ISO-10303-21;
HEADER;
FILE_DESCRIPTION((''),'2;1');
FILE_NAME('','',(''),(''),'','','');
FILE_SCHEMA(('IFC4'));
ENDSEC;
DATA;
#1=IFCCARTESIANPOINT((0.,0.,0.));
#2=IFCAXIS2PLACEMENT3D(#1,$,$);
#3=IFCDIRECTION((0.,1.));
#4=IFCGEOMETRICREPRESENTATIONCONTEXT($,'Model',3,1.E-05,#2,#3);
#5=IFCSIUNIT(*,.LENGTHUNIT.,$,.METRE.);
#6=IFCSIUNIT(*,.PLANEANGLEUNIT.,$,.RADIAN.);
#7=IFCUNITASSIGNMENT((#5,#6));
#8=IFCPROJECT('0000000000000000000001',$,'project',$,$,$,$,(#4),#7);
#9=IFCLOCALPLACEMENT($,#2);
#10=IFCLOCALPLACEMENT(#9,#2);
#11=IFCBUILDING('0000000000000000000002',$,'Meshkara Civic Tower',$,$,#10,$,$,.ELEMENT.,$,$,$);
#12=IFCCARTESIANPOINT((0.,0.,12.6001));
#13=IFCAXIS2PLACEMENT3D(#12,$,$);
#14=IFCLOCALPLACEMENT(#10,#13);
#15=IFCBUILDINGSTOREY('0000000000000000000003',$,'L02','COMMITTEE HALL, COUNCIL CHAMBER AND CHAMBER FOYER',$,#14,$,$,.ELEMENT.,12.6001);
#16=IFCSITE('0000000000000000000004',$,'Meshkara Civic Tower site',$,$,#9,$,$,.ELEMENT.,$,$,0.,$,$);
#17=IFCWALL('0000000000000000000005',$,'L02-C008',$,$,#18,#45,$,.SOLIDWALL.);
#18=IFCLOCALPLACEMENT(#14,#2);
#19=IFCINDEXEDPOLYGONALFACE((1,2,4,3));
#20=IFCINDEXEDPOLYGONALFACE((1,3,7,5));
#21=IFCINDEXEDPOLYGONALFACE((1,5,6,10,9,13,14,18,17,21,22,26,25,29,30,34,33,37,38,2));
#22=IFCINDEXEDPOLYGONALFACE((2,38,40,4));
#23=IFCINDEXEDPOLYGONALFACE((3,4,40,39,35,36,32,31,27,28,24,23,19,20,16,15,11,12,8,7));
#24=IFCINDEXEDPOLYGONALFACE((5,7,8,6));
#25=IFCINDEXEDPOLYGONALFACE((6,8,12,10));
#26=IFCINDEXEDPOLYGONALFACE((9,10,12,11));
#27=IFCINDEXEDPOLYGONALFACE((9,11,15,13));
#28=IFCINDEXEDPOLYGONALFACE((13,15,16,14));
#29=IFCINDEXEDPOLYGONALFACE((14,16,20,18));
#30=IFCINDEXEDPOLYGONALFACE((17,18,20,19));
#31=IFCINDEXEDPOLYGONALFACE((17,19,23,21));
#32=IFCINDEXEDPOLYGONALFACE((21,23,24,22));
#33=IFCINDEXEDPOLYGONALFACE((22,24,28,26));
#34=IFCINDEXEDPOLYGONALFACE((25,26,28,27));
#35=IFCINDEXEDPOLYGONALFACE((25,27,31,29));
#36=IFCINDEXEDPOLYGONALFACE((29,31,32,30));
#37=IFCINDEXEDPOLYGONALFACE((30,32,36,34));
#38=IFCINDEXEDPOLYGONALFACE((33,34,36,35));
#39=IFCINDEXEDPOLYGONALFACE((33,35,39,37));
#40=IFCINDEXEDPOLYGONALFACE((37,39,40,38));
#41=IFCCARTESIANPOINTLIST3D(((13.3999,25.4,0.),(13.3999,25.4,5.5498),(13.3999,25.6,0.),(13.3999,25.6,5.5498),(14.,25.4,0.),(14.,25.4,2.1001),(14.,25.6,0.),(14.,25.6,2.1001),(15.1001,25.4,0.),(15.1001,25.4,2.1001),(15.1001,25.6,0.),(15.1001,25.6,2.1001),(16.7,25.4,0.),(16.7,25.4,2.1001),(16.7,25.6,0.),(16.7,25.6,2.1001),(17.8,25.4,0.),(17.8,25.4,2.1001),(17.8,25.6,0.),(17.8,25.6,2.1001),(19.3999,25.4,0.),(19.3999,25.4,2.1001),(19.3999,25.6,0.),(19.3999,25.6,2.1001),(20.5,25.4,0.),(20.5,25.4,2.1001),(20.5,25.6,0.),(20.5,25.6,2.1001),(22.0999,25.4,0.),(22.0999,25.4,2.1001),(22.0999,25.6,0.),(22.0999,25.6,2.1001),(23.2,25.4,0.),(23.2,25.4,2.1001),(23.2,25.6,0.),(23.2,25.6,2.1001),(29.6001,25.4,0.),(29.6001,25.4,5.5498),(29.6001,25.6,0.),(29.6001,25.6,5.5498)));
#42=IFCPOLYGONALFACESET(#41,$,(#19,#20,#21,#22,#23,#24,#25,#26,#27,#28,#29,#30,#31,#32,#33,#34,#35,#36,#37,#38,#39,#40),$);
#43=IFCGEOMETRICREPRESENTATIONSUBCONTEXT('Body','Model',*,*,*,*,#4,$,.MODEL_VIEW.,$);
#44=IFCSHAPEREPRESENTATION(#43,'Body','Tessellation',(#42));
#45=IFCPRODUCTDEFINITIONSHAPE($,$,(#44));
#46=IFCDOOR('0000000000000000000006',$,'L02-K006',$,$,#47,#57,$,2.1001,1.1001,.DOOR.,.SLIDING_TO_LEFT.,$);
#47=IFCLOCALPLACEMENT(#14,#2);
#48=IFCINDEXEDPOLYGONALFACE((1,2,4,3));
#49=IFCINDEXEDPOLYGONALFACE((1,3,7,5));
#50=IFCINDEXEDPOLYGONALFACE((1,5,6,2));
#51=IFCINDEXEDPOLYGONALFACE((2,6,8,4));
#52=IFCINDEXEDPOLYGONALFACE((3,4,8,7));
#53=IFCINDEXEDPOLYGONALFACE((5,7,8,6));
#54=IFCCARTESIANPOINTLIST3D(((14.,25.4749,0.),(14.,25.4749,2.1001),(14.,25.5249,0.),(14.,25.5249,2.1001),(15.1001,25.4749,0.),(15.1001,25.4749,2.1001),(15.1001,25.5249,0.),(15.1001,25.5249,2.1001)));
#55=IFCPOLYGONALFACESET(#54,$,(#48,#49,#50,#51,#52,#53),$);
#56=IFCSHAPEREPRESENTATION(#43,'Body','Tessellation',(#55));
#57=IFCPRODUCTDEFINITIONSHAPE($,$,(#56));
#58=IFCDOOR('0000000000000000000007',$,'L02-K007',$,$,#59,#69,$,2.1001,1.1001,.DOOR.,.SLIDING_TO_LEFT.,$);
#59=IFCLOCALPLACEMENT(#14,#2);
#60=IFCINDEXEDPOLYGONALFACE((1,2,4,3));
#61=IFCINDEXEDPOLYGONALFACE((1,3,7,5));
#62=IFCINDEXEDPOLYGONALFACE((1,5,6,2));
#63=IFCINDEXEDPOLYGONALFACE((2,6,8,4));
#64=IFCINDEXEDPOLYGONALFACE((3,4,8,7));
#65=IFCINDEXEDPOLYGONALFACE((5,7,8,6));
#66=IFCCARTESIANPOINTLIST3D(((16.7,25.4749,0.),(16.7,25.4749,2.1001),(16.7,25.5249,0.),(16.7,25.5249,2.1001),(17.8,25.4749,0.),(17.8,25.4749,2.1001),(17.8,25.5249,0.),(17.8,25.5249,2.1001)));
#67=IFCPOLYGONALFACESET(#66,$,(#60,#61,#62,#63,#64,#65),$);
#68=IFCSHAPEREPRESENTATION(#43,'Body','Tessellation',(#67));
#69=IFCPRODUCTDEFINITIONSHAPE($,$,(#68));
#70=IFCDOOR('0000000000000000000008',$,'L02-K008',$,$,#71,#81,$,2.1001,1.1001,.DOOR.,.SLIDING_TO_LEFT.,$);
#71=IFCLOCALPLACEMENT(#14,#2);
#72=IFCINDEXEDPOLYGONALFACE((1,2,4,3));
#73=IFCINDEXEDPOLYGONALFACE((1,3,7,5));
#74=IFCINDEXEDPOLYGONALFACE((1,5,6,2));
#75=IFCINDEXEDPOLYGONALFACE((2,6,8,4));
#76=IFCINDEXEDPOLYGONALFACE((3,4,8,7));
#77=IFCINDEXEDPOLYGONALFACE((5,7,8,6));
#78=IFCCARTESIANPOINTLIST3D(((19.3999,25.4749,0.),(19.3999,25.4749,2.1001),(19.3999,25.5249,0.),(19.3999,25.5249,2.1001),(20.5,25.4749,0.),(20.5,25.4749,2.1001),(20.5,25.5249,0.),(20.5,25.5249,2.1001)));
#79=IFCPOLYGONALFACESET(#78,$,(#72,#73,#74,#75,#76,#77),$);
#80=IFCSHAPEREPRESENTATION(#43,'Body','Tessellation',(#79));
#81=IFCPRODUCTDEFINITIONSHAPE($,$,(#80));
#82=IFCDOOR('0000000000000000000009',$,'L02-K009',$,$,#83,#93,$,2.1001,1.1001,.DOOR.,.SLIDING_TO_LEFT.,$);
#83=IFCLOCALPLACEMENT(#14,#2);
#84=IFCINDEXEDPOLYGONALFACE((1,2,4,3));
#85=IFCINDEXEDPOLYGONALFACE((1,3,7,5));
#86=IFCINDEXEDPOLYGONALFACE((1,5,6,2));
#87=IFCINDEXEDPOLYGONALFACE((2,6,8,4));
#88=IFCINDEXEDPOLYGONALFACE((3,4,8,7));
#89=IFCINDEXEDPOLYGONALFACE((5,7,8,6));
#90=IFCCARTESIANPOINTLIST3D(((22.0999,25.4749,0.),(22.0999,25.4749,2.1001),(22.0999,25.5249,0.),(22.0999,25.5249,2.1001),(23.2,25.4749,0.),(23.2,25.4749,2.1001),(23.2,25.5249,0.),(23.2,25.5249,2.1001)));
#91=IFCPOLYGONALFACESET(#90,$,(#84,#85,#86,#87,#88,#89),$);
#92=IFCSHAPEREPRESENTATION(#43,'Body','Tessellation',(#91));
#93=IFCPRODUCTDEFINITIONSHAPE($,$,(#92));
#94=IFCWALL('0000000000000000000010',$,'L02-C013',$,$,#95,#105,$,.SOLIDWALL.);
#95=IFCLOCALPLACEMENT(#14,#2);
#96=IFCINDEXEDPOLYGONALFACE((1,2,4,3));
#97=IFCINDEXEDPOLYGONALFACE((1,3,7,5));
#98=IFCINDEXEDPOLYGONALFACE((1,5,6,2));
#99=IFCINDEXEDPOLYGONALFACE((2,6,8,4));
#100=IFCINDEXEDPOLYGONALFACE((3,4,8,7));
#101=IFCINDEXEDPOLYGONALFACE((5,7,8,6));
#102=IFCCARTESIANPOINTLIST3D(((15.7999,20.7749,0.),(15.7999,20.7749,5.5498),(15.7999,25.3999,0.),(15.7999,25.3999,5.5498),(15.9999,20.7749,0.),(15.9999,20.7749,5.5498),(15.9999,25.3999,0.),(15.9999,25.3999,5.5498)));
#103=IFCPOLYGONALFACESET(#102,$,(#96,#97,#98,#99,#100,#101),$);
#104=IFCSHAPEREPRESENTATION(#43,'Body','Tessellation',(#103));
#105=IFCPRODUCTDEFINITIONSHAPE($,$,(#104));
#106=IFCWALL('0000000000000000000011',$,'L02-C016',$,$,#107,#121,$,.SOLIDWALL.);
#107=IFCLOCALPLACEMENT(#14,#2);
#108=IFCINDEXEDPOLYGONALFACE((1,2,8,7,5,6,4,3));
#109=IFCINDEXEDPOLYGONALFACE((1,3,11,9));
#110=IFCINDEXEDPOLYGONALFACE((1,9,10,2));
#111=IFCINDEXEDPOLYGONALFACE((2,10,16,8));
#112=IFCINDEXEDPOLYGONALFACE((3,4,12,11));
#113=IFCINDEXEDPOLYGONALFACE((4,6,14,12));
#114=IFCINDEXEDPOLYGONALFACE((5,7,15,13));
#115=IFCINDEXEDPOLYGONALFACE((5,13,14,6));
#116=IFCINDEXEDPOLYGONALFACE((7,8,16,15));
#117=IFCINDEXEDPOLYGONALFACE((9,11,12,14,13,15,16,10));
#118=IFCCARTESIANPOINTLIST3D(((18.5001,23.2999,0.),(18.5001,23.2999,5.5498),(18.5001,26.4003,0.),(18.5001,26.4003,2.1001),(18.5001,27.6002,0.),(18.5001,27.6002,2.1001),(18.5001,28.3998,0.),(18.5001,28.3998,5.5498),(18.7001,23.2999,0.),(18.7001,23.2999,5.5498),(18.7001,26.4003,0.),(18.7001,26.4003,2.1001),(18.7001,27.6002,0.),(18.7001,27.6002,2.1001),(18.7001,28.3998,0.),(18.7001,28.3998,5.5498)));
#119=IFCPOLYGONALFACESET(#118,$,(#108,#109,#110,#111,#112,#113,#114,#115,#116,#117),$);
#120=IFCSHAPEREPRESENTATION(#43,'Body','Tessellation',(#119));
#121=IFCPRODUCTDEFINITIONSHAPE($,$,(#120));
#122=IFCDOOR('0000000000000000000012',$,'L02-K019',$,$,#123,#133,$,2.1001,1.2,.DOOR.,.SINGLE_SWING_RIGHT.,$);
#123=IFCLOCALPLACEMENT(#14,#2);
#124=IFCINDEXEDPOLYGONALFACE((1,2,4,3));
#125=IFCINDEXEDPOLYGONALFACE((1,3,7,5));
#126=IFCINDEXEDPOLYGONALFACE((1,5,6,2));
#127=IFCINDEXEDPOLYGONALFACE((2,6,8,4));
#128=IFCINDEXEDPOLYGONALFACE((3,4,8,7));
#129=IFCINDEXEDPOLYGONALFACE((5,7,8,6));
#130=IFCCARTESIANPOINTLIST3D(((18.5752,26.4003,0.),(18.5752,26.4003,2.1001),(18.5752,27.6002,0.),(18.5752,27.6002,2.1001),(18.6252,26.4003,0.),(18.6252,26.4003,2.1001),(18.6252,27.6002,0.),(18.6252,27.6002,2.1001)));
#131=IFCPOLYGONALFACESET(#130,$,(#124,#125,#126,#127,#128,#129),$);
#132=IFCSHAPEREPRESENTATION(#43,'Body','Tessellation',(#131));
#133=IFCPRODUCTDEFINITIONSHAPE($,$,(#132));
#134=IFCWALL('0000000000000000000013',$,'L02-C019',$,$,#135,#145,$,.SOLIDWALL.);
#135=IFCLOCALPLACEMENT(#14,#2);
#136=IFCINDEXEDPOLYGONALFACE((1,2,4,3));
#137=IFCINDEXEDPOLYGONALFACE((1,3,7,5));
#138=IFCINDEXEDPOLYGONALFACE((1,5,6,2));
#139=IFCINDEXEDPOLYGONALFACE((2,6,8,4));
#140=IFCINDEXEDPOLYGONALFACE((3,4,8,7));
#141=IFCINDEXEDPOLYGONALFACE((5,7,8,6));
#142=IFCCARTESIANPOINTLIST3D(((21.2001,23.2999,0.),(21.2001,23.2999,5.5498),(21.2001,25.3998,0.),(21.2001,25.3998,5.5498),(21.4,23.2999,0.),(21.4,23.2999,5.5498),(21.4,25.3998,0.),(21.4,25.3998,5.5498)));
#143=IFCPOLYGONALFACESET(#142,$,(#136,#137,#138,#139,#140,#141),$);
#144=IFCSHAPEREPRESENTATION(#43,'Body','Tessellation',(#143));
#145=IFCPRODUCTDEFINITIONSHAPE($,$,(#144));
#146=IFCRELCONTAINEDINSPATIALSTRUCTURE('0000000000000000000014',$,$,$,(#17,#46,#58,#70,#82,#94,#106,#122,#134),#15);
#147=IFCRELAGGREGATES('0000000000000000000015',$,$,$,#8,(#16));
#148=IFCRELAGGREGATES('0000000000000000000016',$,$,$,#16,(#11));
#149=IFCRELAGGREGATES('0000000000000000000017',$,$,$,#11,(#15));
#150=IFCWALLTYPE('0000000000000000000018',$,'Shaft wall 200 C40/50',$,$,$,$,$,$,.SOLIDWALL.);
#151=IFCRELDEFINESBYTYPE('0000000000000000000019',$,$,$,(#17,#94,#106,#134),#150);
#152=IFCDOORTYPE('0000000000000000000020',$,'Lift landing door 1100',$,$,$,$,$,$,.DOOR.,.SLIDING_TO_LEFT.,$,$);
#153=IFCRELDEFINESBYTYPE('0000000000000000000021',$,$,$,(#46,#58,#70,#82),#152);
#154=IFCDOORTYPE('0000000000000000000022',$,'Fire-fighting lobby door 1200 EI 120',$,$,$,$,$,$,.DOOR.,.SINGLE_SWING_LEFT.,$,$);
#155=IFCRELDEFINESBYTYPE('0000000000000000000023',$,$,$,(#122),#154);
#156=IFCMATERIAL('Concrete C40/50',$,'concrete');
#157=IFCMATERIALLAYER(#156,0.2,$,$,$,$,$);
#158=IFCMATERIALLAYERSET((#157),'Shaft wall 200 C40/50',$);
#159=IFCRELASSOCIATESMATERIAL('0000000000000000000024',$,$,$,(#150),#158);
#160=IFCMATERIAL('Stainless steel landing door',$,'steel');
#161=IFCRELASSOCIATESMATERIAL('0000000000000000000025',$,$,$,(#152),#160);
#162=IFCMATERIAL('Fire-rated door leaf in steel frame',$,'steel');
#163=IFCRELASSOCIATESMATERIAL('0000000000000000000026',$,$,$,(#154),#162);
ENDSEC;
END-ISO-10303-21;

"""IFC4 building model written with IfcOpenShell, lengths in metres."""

from ifc_helpers import new_model, si_unit, direction, frame, frame_2d, origin, place, context, subcontext, project, spatial, rectangle, extrude, material, layer, layer_set, type_object, element, fill, save


model = new_model("IFC4")

# Units and contexts
model_context = context("Model", 3, precision=1e-05, world=origin(), true_north=direction((0.0, 1.0)))
body_context = subcontext(model_context, "Body", "Model", "MODEL_VIEW")
ifc_project = project(units=[si_unit("LENGTHUNIT", "METRE"), si_unit("PLANEANGLEUNIT", "RADIAN")], contexts=[model_context])

# Site, building, storey
site_placement = place(None, origin())
site = spatial("IfcSite", under=ifc_project, at=site_placement, Name="Meshkara Civic Tower site", CompositionType="ELEMENT", RefElevation=0.0)
building_placement = place(site_placement, origin())
building = spatial("IfcBuilding", under=site, at=building_placement, Name="Meshkara Civic Tower", CompositionType="ELEMENT")
storey_placement = place(building_placement, frame((0.0, 0.0, 12.6001)))
storey = spatial("IfcBuildingStorey", under=building, at=storey_placement, Name="L02", Description="COMMITTEE HALL, COUNCIL CHAMBER AND CHAMBER FOYER", CompositionType="ELEMENT", Elevation=12.6001)

# Wall, openings, doors
ifc_material_1 = material(Name="Concrete C40/50", Category="concrete")
ifc_layer_1 = layer(ifc_material_1, 0.2)
ifc_layer_set_1 = layer_set([ifc_layer_1], Name="Shaft wall 200 C40/50")
wall_type_1 = type_object("IfcWallType", Name="Shaft wall 200 C40/50", PredefinedType="SOLIDWALL", material=ifc_layer_set_1)
wall_1_placement = place(storey_placement, frame((13.3999, 25.5, 0.0), z_axis=(0.0, 0.0, 1.0), x_axis=(1.0, 0.0, 0.0)))
wall_1 = element("IfcWall", 1, at=wall_1_placement, inside=storey, type_object=wall_type_1, Name="L02-C008", PredefinedType="SOLIDWALL", context=body_context, shape_type="SweptSolid", body=[
    extrude(rectangle(XDim=16.2002, YDim=0.2, at=frame_2d((8.1001, 0.0))), origin(), (0.0, 0.0, 1.0), 5.5498),
])
opening_1_placement = place(wall_1_placement, frame((0.6001, 0.0, 0.0)))
opening_1 = element("IfcOpeningElement", 2, at=opening_1_placement, cuts=wall_1, PredefinedType="OPENING", context=body_context, shape_type="SweptSolid", body=[
    extrude(rectangle(XDim=1.1001, YDim=2.1001, at=frame_2d((0.55, 1.05))), frame((0.0, 0.1099, 0.0), z_axis=(0.0, -1.0, 0.0), x_axis=(1.0, 0.0, 0.0)), (0.0, 0.0, 1.0), 0.22),
])
opening_2_placement = place(wall_1_placement, frame((3.3, 0.0, 0.0)))
opening_2 = element("IfcOpeningElement", 3, at=opening_2_placement, cuts=wall_1, PredefinedType="OPENING", context=body_context, shape_type="SweptSolid", body=[
    extrude(rectangle(XDim=1.1001, YDim=2.1001, at=frame_2d((0.55, 1.05))), frame((0.0, 0.1099, 0.0), z_axis=(0.0, -1.0, 0.0), x_axis=(1.0, 0.0, 0.0)), (0.0, 0.0, 1.0), 0.22),
])
opening_3_placement = place(wall_1_placement, frame((6.0, 0.0, 0.0)))
opening_3 = element("IfcOpeningElement", 4, at=opening_3_placement, cuts=wall_1, PredefinedType="OPENING", context=body_context, shape_type="SweptSolid", body=[
    extrude(rectangle(XDim=1.1001, YDim=2.1001, at=frame_2d((0.55, 1.05))), frame((0.0, 0.1099, 0.0), z_axis=(0.0, -1.0, 0.0), x_axis=(1.0, 0.0, 0.0)), (0.0, 0.0, 1.0), 0.22),
])
opening_4_placement = place(wall_1_placement, frame((8.7, 0.0, 0.0)))
opening_4 = element("IfcOpeningElement", 5, at=opening_4_placement, cuts=wall_1, PredefinedType="OPENING", context=body_context, shape_type="SweptSolid", body=[
    extrude(rectangle(XDim=1.1001, YDim=2.1001, at=frame_2d((0.55, 1.05))), frame((0.0, 0.1099, 0.0), z_axis=(0.0, -1.0, 0.0), x_axis=(1.0, 0.0, 0.0)), (0.0, 0.0, 1.0), 0.22),
])
ifc_material_2 = material(Name="Stainless steel landing door", Category="steel")
door_type_1 = type_object("IfcDoorType", Name="Lift landing door 1100", OperationType="SLIDING_TO_LEFT", PredefinedType="DOOR", material=ifc_material_2)
door_1_placement = place(opening_1_placement, origin())
door_1 = element("IfcDoor", 6, at=door_1_placement, inside=storey, type_object=door_type_1, Name="L02-K006", OperationType="SLIDING_TO_LEFT", OverallHeight=2.1001, OverallWidth=1.1001, PredefinedType="DOOR", context=body_context, shape_type="SweptSolid", body=[
    extrude(rectangle(XDim=1.1001, YDim=2.1001, at=frame_2d((0.55, 1.05))), frame((0.0, 0.0249, 0.0), z_axis=(0.0, -1.0, 0.0), x_axis=(1.0, 0.0, 0.0)), (0.0, 0.0, 1.0), 0.05),
])
fill(opening_1, door_1)
door_2_placement = place(opening_2_placement, origin())
door_2 = element("IfcDoor", 7, at=door_2_placement, inside=storey, type_object=door_type_1, Name="L02-K007", OperationType="SLIDING_TO_LEFT", OverallHeight=2.1001, OverallWidth=1.1001, PredefinedType="DOOR", context=body_context, shape_type="SweptSolid", body=[
    extrude(rectangle(XDim=1.1001, YDim=2.1001, at=frame_2d((0.55, 1.05))), frame((0.0, 0.0249, 0.0), z_axis=(0.0, -1.0, 0.0), x_axis=(1.0, 0.0, 0.0)), (0.0, 0.0, 1.0), 0.05),
])
fill(opening_2, door_2)
door_3_placement = place(opening_3_placement, origin())
door_3 = element("IfcDoor", 8, at=door_3_placement, inside=storey, type_object=door_type_1, Name="L02-K008", OperationType="SLIDING_TO_LEFT", OverallHeight=2.1001, OverallWidth=1.1001, PredefinedType="DOOR", context=body_context, shape_type="SweptSolid", body=[
    extrude(rectangle(XDim=1.1001, YDim=2.1001, at=frame_2d((0.55, 1.05))), frame((0.0, 0.0249, 0.0), z_axis=(0.0, -1.0, 0.0), x_axis=(1.0, 0.0, 0.0)), (0.0, 0.0, 1.0), 0.05),
])
fill(opening_3, door_3)
door_4_placement = place(opening_4_placement, origin())
door_4 = element("IfcDoor", 9, at=door_4_placement, inside=storey, type_object=door_type_1, Name="L02-K009", OperationType="SLIDING_TO_LEFT", OverallHeight=2.1001, OverallWidth=1.1001, PredefinedType="DOOR", context=body_context, shape_type="SweptSolid", body=[
    extrude(rectangle(XDim=1.1001, YDim=2.1001, at=frame_2d((0.55, 1.05))), frame((0.0, 0.0249, 0.0), z_axis=(0.0, -1.0, 0.0), x_axis=(1.0, 0.0, 0.0)), (0.0, 0.0, 1.0), 0.05),
])
fill(opening_4, door_4)

# Wall
wall_2_placement = place(storey_placement, frame((15.8999, 20.7749, 0.0), z_axis=(0.0, 0.0, 1.0), x_axis=(0.0, 1.0, 0.0)))
element("IfcWall", 10, at=wall_2_placement, inside=storey, type_object=wall_type_1, Name="L02-C013", PredefinedType="SOLIDWALL", context=body_context, shape_type="SweptSolid", body=[
    extrude(rectangle(XDim=4.625, YDim=0.2, at=frame_2d((2.3125, 0.0))), origin(), (0.0, 0.0, 1.0), 5.5498),
])

# Wall, opening, door
wall_3_placement = place(storey_placement, frame((18.6001, 23.3, 0.0), z_axis=(0.0, 0.0, 1.0), x_axis=(0.0, 1.0, 0.0)))
wall_3 = element("IfcWall", 11, at=wall_3_placement, inside=storey, type_object=wall_type_1, Name="L02-C016", PredefinedType="SOLIDWALL", context=body_context, shape_type="SweptSolid", body=[
    extrude(rectangle(XDim=5.0999, YDim=0.2, at=frame_2d((2.5498, 0.0))), origin(), (0.0, 0.0, 1.0), 5.5498),
])
opening_5_placement = place(wall_3_placement, frame((3.1001, 0.0, 0.0)))
opening_5 = element("IfcOpeningElement", 12, at=opening_5_placement, cuts=wall_3, PredefinedType="OPENING", context=body_context, shape_type="SweptSolid", body=[
    extrude(rectangle(XDim=1.2, YDim=2.1001, at=frame_2d((0.6001, 1.05))), frame((0.0, 0.1099, 0.0), z_axis=(0.0, -1.0, 0.0), x_axis=(1.0, 0.0, 0.0)), (0.0, 0.0, 1.0), 0.22),
])
ifc_material_3 = material(Name="Fire-rated door leaf in steel frame", Category="steel")
door_type_2 = type_object("IfcDoorType", Name="Fire-fighting lobby door 1200 EI 120", OperationType="SINGLE_SWING_LEFT", PredefinedType="DOOR", material=ifc_material_3)
door_5_placement = place(opening_5_placement, origin())
door_5 = element("IfcDoor", 13, at=door_5_placement, inside=storey, type_object=door_type_2, Name="L02-K019", OperationType="SINGLE_SWING_RIGHT", OverallHeight=2.1001, OverallWidth=1.2, PredefinedType="DOOR", context=body_context, shape_type="SweptSolid", body=[
    extrude(rectangle(XDim=1.2, YDim=2.1001, at=frame_2d((0.6001, 1.05))), frame((0.0, 0.0249, 0.0), z_axis=(0.0, -1.0, 0.0), x_axis=(1.0, 0.0, 0.0)), (0.0, 0.0, 1.0), 0.05),
])
fill(opening_5, door_5)

# Wall
wall_4_placement = place(storey_placement, frame((21.3, 23.3, 0.0), z_axis=(0.0, 0.0, 1.0), x_axis=(0.0, 1.0, 0.0)))
element("IfcWall", 14, at=wall_4_placement, inside=storey, type_object=wall_type_1, Name="L02-C019", PredefinedType="SOLIDWALL", context=body_context, shape_type="SweptSolid", body=[
    extrude(rectangle(XDim=2.0999, YDim=0.2, at=frame_2d((1.0498, 0.0))), origin(), (0.0, 0.0, 1.0), 5.5498),
])

save(model, "model.ifc")
